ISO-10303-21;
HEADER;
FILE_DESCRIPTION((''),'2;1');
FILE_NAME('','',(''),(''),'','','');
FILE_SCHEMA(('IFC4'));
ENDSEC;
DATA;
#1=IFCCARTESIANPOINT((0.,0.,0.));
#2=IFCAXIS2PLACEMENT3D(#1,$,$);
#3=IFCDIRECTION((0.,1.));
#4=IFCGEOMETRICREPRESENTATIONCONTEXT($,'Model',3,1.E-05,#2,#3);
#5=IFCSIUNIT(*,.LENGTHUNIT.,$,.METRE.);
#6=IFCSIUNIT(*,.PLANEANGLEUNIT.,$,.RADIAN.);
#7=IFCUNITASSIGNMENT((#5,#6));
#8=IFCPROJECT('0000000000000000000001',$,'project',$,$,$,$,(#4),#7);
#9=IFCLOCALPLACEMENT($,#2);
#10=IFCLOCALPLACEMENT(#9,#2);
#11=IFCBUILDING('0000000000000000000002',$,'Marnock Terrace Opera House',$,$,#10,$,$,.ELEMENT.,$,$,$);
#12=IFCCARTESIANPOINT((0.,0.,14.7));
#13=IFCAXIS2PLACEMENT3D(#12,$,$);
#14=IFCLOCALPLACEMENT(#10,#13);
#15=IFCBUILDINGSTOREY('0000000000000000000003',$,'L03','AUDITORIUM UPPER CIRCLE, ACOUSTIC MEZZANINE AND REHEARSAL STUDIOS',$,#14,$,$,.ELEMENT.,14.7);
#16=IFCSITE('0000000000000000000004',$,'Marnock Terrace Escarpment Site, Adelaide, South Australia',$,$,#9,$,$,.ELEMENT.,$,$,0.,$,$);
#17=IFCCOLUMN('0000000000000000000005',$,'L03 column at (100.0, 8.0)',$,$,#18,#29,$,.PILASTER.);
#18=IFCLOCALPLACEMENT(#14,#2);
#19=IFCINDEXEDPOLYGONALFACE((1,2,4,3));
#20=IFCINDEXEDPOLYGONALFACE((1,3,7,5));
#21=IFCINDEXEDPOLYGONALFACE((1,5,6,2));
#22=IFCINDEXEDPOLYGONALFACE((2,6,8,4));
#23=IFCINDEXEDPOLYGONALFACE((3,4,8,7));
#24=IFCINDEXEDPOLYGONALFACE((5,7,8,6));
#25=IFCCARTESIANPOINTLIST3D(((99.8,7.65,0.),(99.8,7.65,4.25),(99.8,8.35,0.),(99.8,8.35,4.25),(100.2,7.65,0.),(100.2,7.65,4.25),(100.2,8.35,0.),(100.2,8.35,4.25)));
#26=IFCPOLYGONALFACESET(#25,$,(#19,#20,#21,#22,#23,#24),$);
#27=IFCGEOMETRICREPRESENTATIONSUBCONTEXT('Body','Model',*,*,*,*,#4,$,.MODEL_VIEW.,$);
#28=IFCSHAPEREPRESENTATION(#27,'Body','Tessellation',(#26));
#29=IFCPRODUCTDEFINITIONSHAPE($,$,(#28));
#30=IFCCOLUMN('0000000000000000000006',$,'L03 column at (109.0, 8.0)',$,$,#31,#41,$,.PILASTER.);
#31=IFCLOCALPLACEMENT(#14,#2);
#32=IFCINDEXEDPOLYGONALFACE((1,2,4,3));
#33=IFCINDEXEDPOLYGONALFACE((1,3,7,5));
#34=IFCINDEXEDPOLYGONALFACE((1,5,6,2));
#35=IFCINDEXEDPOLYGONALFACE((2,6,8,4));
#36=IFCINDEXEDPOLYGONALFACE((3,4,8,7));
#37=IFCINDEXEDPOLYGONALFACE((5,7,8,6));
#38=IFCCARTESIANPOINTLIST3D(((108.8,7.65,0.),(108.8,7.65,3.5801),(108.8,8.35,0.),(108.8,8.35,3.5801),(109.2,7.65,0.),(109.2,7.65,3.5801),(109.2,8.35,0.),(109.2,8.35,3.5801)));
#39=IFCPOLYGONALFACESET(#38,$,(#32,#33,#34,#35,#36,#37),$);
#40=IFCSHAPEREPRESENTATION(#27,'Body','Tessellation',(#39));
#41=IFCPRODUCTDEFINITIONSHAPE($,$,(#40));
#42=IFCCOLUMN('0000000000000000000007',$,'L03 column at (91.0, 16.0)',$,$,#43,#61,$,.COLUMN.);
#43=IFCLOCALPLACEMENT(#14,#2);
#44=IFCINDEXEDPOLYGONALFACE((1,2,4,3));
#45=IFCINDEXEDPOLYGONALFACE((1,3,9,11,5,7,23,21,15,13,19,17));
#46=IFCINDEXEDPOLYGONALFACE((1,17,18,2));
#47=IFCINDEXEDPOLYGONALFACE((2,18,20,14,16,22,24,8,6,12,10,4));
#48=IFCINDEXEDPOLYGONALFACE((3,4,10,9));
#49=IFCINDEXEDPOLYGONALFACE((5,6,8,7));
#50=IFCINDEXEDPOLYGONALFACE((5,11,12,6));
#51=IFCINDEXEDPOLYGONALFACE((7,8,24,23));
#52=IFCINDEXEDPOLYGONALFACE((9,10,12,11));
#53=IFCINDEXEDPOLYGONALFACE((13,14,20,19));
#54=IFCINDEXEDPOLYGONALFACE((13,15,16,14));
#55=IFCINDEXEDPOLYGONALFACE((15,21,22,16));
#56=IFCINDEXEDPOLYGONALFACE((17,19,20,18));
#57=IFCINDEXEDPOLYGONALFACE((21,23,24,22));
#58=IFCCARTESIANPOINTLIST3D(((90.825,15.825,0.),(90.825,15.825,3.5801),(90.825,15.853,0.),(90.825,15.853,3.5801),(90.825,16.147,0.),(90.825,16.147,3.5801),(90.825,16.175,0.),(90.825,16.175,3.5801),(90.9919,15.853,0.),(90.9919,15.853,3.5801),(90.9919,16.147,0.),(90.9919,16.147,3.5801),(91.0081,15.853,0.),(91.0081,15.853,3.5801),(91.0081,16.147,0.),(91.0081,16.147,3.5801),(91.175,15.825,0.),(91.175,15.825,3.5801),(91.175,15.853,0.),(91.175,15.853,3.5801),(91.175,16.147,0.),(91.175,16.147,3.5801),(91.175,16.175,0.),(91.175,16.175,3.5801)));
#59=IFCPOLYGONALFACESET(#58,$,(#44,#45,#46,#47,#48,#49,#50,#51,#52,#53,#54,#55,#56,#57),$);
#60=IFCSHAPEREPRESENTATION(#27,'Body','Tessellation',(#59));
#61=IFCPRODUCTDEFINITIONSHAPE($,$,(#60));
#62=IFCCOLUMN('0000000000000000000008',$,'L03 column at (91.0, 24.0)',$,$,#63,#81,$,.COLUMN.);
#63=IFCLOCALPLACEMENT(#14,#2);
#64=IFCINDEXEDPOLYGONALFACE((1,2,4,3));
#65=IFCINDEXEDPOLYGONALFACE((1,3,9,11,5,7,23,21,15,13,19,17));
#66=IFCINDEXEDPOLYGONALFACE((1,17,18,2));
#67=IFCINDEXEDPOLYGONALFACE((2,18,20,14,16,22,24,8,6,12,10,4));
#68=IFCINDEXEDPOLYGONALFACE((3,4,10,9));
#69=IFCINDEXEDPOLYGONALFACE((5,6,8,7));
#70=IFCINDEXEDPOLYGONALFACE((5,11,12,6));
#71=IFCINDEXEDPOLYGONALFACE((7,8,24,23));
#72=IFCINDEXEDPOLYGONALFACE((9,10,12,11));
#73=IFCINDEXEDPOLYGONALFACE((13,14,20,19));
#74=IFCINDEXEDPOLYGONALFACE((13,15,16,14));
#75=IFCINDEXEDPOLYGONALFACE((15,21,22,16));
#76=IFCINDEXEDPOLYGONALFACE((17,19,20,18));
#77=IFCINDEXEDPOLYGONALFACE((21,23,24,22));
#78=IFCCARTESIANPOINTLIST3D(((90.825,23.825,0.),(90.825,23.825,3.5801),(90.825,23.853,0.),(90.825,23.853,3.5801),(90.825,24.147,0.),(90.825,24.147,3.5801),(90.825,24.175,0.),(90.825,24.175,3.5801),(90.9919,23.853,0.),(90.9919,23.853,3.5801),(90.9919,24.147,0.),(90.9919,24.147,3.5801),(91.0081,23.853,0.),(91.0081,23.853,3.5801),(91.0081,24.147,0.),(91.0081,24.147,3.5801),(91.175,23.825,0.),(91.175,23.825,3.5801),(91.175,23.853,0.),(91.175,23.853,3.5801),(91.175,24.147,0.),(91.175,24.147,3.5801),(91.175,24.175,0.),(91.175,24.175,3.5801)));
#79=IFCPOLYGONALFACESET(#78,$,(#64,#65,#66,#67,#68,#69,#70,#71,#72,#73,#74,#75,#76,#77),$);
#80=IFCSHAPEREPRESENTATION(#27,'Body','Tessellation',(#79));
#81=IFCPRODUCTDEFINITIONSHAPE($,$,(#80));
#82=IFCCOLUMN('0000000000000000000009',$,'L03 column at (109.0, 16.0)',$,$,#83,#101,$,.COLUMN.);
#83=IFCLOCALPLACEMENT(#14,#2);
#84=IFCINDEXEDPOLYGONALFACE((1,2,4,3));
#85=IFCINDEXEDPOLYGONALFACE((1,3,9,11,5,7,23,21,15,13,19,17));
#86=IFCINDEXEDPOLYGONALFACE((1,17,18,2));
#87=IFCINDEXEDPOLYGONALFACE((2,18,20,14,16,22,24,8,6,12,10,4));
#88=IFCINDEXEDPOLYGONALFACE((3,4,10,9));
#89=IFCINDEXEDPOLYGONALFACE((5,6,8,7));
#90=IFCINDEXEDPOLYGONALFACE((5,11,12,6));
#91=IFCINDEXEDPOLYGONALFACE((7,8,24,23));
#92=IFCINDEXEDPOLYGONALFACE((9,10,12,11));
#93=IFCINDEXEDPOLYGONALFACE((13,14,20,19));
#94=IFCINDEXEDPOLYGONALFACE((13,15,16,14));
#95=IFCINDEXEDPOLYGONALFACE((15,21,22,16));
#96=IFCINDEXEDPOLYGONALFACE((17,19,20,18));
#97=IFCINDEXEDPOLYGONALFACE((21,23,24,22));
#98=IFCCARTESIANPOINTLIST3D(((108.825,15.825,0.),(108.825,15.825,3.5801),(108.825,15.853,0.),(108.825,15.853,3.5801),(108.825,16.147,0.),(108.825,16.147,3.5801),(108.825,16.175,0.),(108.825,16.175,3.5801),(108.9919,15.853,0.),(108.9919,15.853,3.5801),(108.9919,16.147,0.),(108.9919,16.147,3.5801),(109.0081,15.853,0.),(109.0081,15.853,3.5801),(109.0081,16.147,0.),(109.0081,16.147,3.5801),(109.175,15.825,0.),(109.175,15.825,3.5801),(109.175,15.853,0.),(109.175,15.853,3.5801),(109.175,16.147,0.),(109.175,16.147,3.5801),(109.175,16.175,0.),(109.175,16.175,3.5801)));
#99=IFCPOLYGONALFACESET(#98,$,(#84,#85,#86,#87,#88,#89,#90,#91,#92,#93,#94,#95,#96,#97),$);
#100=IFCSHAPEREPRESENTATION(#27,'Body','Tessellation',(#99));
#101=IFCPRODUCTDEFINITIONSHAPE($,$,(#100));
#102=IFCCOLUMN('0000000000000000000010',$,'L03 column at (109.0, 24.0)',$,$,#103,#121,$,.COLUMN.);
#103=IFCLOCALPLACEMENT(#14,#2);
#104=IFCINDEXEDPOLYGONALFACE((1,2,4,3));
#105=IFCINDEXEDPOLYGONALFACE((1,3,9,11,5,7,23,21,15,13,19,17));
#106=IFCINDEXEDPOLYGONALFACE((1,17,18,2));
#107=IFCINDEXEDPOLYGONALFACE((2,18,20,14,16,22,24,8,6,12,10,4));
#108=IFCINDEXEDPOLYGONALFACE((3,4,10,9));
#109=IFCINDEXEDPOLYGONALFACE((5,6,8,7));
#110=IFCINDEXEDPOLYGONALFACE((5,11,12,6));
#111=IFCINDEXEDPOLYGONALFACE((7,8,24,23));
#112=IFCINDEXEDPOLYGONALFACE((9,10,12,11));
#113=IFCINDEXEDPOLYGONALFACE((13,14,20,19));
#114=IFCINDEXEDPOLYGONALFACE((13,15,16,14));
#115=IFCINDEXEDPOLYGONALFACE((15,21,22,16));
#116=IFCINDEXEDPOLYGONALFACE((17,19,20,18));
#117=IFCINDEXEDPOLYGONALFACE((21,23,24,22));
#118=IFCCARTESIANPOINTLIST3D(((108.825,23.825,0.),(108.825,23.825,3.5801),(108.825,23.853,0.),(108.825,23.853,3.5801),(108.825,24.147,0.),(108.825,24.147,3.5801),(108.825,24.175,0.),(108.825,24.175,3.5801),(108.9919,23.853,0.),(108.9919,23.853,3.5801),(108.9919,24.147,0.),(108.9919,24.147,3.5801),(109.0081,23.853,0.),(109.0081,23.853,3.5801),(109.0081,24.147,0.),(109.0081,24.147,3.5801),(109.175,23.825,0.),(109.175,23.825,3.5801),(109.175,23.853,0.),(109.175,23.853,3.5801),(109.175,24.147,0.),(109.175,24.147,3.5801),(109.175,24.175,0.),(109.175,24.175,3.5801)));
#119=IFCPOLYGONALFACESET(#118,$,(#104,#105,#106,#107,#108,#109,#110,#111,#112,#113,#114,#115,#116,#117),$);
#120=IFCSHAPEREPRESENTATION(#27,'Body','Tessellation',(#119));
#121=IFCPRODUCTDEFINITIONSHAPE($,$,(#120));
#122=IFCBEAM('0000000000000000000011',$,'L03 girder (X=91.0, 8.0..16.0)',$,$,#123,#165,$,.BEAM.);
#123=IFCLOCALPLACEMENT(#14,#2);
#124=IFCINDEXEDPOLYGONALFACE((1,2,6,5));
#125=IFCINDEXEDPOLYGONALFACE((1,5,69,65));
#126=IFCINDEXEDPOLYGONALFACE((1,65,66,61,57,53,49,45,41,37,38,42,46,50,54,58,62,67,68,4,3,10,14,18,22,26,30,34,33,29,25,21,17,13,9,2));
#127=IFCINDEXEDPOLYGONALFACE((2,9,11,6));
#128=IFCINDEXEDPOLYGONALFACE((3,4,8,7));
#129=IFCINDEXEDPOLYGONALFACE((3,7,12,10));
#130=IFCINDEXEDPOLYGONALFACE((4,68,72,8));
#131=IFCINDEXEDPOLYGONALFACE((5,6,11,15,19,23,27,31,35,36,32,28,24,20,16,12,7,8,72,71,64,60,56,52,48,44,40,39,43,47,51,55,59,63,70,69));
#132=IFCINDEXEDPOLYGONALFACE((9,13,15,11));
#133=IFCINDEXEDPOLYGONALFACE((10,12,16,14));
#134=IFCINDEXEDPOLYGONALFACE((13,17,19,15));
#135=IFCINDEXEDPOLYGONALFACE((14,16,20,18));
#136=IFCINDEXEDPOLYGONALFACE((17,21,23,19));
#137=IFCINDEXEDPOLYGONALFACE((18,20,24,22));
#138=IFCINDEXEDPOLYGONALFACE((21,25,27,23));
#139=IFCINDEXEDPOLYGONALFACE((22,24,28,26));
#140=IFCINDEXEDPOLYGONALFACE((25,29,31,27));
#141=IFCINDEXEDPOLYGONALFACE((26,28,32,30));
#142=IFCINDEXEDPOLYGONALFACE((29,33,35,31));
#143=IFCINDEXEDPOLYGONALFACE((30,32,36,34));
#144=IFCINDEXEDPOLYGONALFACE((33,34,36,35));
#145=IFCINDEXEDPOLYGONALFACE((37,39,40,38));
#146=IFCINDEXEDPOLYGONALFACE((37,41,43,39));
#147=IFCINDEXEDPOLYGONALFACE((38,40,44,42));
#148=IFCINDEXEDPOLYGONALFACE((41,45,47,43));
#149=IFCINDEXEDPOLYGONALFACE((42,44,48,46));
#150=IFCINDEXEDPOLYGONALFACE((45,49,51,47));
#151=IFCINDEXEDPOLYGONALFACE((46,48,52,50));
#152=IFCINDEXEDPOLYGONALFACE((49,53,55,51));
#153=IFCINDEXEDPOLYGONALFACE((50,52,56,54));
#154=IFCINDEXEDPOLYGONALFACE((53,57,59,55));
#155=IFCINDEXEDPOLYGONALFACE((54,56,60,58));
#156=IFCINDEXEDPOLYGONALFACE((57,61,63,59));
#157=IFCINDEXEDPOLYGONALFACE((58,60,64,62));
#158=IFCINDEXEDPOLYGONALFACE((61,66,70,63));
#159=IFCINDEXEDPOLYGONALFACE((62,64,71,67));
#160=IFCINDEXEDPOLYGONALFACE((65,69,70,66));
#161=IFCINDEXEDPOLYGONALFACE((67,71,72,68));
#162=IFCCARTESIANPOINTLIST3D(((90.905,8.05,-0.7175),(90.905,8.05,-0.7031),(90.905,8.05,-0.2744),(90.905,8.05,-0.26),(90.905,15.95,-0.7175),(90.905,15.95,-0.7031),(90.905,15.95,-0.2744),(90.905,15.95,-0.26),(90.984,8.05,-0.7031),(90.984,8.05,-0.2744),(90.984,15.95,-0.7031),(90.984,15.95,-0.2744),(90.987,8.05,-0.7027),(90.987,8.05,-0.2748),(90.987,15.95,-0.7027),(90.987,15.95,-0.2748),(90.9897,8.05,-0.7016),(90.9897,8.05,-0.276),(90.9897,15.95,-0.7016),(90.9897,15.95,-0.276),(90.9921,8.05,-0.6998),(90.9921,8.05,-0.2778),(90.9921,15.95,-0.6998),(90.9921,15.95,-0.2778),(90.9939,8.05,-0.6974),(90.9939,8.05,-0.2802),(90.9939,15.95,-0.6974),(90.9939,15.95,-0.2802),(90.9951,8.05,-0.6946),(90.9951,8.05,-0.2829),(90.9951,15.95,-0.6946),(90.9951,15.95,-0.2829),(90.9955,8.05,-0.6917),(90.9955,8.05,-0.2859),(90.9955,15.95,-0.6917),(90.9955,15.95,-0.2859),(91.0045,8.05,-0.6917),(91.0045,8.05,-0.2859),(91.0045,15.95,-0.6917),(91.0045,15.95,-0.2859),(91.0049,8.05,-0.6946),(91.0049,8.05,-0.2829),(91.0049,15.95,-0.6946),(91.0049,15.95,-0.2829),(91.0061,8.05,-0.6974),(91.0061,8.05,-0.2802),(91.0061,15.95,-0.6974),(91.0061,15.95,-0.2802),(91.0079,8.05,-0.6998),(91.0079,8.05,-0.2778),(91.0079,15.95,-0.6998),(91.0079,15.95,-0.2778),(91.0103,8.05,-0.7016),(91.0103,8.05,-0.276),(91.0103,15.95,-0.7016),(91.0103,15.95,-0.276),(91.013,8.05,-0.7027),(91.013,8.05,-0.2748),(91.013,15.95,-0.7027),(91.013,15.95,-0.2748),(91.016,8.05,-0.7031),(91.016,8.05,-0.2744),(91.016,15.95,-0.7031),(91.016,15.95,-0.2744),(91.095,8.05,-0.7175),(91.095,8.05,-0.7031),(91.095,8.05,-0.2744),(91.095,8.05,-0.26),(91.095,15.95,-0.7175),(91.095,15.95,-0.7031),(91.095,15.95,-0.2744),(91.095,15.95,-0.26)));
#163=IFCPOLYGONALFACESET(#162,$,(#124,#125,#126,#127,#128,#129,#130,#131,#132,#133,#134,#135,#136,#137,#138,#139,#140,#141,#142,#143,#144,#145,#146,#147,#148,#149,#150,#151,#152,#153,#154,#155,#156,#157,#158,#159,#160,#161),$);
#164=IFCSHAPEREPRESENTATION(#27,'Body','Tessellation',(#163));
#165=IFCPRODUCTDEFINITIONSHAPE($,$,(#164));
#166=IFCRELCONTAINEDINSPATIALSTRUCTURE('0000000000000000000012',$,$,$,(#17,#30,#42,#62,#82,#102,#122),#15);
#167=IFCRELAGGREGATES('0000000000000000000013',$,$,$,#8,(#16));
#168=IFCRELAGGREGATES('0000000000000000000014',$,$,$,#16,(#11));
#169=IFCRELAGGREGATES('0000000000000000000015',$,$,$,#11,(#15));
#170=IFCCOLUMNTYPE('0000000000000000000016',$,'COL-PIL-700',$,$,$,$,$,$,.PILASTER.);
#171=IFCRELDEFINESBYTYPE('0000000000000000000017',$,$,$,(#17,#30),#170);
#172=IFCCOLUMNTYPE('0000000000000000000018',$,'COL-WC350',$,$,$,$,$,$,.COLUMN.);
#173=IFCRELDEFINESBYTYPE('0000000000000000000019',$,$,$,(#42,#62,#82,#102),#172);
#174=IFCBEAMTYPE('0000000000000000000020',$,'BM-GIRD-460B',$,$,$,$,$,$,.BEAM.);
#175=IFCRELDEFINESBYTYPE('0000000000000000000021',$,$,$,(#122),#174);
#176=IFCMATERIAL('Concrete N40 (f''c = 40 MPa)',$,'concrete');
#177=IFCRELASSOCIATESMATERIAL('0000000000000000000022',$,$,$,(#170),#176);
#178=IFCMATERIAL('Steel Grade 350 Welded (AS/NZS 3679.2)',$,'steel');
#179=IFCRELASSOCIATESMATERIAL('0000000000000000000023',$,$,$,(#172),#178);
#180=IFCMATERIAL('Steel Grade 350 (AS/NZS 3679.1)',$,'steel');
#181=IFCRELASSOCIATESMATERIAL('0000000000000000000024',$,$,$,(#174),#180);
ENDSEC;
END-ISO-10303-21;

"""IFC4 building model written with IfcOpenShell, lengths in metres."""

from ifc_helpers import new_model, si_unit, direction, frame, origin, origin_2d, place, context, subcontext, project, spatial, rectangle, i_section, extrude, material, material_profile, profile_set, type_object, element, save


model = new_model("IFC4")

# Units and contexts
model_context = context("Model", 3, precision=1e-05, world=origin(), true_north=direction((0.0, 1.0)))
body_context = subcontext(model_context, "Body", "Model", "MODEL_VIEW")
ifc_project = project(units=[si_unit("LENGTHUNIT", "METRE"), si_unit("PLANEANGLEUNIT", "RADIAN")], contexts=[model_context])

# Site, building, storey
site_placement = place(None, origin())
site = spatial("IfcSite", under=ifc_project, at=site_placement, Name="Marnock Terrace Escarpment Site, Adelaide, South Australia", CompositionType="ELEMENT", RefElevation=0.0)
building_placement = place(site_placement, origin())
building = spatial("IfcBuilding", under=site, at=building_placement, Name="Marnock Terrace Opera House", CompositionType="ELEMENT")
storey_placement = place(building_placement, frame((0.0, 0.0, 14.7)))
storey = spatial("IfcBuildingStorey", under=building, at=storey_placement, Name="L03", Description="AUDITORIUM UPPER CIRCLE, ACOUSTIC MEZZANINE AND REHEARSAL STUDIOS", CompositionType="ELEMENT", Elevation=14.7)

# Columns
ifc_material_1 = material(Name="Concrete N40 (f'c = 40 MPa)", Category="concrete")
ifc_material_profile_1 = material_profile(ifc_material_1, rectangle(XDim=0.3999, YDim=0.7, at=origin_2d()))
ifc_profile_set_1 = profile_set([ifc_material_profile_1], Name="Concrete N40 (f'c = 40 MPa)")
column_type_1 = type_object("IfcColumnType", Name="COL-PIL-700", PredefinedType="PILASTER", material=ifc_profile_set_1)
column_1_placement = place(storey_placement, frame((100.0, 8.0, 0.0), z_axis=(0.0, 0.0, 1.0), x_axis=(1.0, 0.0, 0.0)))
element("IfcColumn", 1, at=column_1_placement, inside=storey, type_object=column_type_1, Name="L03 column at (100.0, 8.0)", PredefinedType="PILASTER", context=body_context, shape_type="SweptSolid", body=[
    extrude(rectangle(XDim=0.3999, YDim=0.7, at=origin_2d()), origin(), (0.0, 0.0, 1.0), 4.25),
])
column_2_placement = place(storey_placement, frame((109.0, 8.0, 0.0), z_axis=(0.0, 0.0, 1.0), x_axis=(1.0, 0.0, 0.0)))
element("IfcColumn", 2, at=column_2_placement, inside=storey, type_object=column_type_1, Name="L03 column at (109.0, 8.0)", PredefinedType="PILASTER", context=body_context, shape_type="SweptSolid", body=[
    extrude(rectangle(XDim=0.3999, YDim=0.7, at=origin_2d()), origin(), (0.0, 0.0, 1.0), 3.5801),
])
ifc_material_2 = material(Name="Steel Grade 350 Welded (AS/NZS 3679.2)", Category="steel")
ifc_material_profile_2 = material_profile(ifc_material_2, i_section(OverallWidth=0.3501, OverallDepth=0.3501, WebThickness=0.0161, FlangeThickness=0.0281, at=origin_2d()))
ifc_profile_set_2 = profile_set([ifc_material_profile_2], Name="Steel Grade 350 Welded (AS/NZS 3679.2)")
column_type_2 = type_object("IfcColumnType", Name="COL-WC350", PredefinedType="COLUMN", material=ifc_profile_set_2)
for number, where, z_axis, x_axis, name in (
    (3, (91.0, 16.0, 0.0), (0.0, 0.0, 1.0), (1.0, 0.0, 0.0), "L03 column at (91.0, 16.0)"),
    (4, (91.0, 24.0, 0.0), (0.0, 0.0, 1.0), (1.0, 0.0, 0.0), "L03 column at (91.0, 24.0)"),
    (5, (109.0, 16.0, 0.0), (0.0, 0.0, 1.0), (1.0, 0.0, 0.0), "L03 column at (109.0, 16.0)"),
    (6, (109.0, 24.0, 0.0), (0.0, 0.0, 1.0), (1.0, 0.0, 0.0), "L03 column at (109.0, 24.0)"),
):
    element("IfcColumn", number, at=place(storey_placement, frame(where, z_axis=z_axis, x_axis=x_axis)), inside=storey, type_object=column_type_2, Name=name, PredefinedType="COLUMN", context=body_context, shape_type="SweptSolid", body=[
        extrude(i_section(OverallWidth=0.3501, OverallDepth=0.3501, WebThickness=0.0161, FlangeThickness=0.0281, at=origin_2d()), origin(), (0.0, 0.0, 1.0), 3.5801),
    ])

# Beam
ifc_material_3 = material(Name="Steel Grade 350 (AS/NZS 3679.1)", Category="steel")
ifc_material_profile_3 = material_profile(ifc_material_3, i_section(OverallWidth=0.1899, OverallDepth=0.4575, WebThickness=0.009, FlangeThickness=0.0144, FilletRadius=0.0115, at=origin_2d()))
ifc_profile_set_3 = profile_set([ifc_material_profile_3], Name="Steel Grade 350 (AS/NZS 3679.1)")
beam_type_1 = type_object("IfcBeamType", Name="BM-GIRD-460B", PredefinedType="BEAM", material=ifc_profile_set_3)
for number, where, z_axis, x_axis, name in (
    (7, (91.0, 8.05, -0.4888), (0.0, 1.0, 0.0), (-1.0, 0.0, 0.0), "L03 girder (X=91.0, 8.0..16.0)"),
):
    element("IfcBeam", number, at=place(storey_placement, frame(where, z_axis=z_axis, x_axis=x_axis)), inside=storey, type_object=beam_type_1, Name=name, PredefinedType="BEAM", context=body_context, shape_type="SweptSolid", body=[
        extrude(i_section(OverallWidth=0.1899, OverallDepth=0.4575, WebThickness=0.009, FlangeThickness=0.0144, FilletRadius=0.0115, at=origin_2d()), origin(), (0.0, 0.0, 1.0), 7.8999),
    ])

save(model, "model.ifc")
